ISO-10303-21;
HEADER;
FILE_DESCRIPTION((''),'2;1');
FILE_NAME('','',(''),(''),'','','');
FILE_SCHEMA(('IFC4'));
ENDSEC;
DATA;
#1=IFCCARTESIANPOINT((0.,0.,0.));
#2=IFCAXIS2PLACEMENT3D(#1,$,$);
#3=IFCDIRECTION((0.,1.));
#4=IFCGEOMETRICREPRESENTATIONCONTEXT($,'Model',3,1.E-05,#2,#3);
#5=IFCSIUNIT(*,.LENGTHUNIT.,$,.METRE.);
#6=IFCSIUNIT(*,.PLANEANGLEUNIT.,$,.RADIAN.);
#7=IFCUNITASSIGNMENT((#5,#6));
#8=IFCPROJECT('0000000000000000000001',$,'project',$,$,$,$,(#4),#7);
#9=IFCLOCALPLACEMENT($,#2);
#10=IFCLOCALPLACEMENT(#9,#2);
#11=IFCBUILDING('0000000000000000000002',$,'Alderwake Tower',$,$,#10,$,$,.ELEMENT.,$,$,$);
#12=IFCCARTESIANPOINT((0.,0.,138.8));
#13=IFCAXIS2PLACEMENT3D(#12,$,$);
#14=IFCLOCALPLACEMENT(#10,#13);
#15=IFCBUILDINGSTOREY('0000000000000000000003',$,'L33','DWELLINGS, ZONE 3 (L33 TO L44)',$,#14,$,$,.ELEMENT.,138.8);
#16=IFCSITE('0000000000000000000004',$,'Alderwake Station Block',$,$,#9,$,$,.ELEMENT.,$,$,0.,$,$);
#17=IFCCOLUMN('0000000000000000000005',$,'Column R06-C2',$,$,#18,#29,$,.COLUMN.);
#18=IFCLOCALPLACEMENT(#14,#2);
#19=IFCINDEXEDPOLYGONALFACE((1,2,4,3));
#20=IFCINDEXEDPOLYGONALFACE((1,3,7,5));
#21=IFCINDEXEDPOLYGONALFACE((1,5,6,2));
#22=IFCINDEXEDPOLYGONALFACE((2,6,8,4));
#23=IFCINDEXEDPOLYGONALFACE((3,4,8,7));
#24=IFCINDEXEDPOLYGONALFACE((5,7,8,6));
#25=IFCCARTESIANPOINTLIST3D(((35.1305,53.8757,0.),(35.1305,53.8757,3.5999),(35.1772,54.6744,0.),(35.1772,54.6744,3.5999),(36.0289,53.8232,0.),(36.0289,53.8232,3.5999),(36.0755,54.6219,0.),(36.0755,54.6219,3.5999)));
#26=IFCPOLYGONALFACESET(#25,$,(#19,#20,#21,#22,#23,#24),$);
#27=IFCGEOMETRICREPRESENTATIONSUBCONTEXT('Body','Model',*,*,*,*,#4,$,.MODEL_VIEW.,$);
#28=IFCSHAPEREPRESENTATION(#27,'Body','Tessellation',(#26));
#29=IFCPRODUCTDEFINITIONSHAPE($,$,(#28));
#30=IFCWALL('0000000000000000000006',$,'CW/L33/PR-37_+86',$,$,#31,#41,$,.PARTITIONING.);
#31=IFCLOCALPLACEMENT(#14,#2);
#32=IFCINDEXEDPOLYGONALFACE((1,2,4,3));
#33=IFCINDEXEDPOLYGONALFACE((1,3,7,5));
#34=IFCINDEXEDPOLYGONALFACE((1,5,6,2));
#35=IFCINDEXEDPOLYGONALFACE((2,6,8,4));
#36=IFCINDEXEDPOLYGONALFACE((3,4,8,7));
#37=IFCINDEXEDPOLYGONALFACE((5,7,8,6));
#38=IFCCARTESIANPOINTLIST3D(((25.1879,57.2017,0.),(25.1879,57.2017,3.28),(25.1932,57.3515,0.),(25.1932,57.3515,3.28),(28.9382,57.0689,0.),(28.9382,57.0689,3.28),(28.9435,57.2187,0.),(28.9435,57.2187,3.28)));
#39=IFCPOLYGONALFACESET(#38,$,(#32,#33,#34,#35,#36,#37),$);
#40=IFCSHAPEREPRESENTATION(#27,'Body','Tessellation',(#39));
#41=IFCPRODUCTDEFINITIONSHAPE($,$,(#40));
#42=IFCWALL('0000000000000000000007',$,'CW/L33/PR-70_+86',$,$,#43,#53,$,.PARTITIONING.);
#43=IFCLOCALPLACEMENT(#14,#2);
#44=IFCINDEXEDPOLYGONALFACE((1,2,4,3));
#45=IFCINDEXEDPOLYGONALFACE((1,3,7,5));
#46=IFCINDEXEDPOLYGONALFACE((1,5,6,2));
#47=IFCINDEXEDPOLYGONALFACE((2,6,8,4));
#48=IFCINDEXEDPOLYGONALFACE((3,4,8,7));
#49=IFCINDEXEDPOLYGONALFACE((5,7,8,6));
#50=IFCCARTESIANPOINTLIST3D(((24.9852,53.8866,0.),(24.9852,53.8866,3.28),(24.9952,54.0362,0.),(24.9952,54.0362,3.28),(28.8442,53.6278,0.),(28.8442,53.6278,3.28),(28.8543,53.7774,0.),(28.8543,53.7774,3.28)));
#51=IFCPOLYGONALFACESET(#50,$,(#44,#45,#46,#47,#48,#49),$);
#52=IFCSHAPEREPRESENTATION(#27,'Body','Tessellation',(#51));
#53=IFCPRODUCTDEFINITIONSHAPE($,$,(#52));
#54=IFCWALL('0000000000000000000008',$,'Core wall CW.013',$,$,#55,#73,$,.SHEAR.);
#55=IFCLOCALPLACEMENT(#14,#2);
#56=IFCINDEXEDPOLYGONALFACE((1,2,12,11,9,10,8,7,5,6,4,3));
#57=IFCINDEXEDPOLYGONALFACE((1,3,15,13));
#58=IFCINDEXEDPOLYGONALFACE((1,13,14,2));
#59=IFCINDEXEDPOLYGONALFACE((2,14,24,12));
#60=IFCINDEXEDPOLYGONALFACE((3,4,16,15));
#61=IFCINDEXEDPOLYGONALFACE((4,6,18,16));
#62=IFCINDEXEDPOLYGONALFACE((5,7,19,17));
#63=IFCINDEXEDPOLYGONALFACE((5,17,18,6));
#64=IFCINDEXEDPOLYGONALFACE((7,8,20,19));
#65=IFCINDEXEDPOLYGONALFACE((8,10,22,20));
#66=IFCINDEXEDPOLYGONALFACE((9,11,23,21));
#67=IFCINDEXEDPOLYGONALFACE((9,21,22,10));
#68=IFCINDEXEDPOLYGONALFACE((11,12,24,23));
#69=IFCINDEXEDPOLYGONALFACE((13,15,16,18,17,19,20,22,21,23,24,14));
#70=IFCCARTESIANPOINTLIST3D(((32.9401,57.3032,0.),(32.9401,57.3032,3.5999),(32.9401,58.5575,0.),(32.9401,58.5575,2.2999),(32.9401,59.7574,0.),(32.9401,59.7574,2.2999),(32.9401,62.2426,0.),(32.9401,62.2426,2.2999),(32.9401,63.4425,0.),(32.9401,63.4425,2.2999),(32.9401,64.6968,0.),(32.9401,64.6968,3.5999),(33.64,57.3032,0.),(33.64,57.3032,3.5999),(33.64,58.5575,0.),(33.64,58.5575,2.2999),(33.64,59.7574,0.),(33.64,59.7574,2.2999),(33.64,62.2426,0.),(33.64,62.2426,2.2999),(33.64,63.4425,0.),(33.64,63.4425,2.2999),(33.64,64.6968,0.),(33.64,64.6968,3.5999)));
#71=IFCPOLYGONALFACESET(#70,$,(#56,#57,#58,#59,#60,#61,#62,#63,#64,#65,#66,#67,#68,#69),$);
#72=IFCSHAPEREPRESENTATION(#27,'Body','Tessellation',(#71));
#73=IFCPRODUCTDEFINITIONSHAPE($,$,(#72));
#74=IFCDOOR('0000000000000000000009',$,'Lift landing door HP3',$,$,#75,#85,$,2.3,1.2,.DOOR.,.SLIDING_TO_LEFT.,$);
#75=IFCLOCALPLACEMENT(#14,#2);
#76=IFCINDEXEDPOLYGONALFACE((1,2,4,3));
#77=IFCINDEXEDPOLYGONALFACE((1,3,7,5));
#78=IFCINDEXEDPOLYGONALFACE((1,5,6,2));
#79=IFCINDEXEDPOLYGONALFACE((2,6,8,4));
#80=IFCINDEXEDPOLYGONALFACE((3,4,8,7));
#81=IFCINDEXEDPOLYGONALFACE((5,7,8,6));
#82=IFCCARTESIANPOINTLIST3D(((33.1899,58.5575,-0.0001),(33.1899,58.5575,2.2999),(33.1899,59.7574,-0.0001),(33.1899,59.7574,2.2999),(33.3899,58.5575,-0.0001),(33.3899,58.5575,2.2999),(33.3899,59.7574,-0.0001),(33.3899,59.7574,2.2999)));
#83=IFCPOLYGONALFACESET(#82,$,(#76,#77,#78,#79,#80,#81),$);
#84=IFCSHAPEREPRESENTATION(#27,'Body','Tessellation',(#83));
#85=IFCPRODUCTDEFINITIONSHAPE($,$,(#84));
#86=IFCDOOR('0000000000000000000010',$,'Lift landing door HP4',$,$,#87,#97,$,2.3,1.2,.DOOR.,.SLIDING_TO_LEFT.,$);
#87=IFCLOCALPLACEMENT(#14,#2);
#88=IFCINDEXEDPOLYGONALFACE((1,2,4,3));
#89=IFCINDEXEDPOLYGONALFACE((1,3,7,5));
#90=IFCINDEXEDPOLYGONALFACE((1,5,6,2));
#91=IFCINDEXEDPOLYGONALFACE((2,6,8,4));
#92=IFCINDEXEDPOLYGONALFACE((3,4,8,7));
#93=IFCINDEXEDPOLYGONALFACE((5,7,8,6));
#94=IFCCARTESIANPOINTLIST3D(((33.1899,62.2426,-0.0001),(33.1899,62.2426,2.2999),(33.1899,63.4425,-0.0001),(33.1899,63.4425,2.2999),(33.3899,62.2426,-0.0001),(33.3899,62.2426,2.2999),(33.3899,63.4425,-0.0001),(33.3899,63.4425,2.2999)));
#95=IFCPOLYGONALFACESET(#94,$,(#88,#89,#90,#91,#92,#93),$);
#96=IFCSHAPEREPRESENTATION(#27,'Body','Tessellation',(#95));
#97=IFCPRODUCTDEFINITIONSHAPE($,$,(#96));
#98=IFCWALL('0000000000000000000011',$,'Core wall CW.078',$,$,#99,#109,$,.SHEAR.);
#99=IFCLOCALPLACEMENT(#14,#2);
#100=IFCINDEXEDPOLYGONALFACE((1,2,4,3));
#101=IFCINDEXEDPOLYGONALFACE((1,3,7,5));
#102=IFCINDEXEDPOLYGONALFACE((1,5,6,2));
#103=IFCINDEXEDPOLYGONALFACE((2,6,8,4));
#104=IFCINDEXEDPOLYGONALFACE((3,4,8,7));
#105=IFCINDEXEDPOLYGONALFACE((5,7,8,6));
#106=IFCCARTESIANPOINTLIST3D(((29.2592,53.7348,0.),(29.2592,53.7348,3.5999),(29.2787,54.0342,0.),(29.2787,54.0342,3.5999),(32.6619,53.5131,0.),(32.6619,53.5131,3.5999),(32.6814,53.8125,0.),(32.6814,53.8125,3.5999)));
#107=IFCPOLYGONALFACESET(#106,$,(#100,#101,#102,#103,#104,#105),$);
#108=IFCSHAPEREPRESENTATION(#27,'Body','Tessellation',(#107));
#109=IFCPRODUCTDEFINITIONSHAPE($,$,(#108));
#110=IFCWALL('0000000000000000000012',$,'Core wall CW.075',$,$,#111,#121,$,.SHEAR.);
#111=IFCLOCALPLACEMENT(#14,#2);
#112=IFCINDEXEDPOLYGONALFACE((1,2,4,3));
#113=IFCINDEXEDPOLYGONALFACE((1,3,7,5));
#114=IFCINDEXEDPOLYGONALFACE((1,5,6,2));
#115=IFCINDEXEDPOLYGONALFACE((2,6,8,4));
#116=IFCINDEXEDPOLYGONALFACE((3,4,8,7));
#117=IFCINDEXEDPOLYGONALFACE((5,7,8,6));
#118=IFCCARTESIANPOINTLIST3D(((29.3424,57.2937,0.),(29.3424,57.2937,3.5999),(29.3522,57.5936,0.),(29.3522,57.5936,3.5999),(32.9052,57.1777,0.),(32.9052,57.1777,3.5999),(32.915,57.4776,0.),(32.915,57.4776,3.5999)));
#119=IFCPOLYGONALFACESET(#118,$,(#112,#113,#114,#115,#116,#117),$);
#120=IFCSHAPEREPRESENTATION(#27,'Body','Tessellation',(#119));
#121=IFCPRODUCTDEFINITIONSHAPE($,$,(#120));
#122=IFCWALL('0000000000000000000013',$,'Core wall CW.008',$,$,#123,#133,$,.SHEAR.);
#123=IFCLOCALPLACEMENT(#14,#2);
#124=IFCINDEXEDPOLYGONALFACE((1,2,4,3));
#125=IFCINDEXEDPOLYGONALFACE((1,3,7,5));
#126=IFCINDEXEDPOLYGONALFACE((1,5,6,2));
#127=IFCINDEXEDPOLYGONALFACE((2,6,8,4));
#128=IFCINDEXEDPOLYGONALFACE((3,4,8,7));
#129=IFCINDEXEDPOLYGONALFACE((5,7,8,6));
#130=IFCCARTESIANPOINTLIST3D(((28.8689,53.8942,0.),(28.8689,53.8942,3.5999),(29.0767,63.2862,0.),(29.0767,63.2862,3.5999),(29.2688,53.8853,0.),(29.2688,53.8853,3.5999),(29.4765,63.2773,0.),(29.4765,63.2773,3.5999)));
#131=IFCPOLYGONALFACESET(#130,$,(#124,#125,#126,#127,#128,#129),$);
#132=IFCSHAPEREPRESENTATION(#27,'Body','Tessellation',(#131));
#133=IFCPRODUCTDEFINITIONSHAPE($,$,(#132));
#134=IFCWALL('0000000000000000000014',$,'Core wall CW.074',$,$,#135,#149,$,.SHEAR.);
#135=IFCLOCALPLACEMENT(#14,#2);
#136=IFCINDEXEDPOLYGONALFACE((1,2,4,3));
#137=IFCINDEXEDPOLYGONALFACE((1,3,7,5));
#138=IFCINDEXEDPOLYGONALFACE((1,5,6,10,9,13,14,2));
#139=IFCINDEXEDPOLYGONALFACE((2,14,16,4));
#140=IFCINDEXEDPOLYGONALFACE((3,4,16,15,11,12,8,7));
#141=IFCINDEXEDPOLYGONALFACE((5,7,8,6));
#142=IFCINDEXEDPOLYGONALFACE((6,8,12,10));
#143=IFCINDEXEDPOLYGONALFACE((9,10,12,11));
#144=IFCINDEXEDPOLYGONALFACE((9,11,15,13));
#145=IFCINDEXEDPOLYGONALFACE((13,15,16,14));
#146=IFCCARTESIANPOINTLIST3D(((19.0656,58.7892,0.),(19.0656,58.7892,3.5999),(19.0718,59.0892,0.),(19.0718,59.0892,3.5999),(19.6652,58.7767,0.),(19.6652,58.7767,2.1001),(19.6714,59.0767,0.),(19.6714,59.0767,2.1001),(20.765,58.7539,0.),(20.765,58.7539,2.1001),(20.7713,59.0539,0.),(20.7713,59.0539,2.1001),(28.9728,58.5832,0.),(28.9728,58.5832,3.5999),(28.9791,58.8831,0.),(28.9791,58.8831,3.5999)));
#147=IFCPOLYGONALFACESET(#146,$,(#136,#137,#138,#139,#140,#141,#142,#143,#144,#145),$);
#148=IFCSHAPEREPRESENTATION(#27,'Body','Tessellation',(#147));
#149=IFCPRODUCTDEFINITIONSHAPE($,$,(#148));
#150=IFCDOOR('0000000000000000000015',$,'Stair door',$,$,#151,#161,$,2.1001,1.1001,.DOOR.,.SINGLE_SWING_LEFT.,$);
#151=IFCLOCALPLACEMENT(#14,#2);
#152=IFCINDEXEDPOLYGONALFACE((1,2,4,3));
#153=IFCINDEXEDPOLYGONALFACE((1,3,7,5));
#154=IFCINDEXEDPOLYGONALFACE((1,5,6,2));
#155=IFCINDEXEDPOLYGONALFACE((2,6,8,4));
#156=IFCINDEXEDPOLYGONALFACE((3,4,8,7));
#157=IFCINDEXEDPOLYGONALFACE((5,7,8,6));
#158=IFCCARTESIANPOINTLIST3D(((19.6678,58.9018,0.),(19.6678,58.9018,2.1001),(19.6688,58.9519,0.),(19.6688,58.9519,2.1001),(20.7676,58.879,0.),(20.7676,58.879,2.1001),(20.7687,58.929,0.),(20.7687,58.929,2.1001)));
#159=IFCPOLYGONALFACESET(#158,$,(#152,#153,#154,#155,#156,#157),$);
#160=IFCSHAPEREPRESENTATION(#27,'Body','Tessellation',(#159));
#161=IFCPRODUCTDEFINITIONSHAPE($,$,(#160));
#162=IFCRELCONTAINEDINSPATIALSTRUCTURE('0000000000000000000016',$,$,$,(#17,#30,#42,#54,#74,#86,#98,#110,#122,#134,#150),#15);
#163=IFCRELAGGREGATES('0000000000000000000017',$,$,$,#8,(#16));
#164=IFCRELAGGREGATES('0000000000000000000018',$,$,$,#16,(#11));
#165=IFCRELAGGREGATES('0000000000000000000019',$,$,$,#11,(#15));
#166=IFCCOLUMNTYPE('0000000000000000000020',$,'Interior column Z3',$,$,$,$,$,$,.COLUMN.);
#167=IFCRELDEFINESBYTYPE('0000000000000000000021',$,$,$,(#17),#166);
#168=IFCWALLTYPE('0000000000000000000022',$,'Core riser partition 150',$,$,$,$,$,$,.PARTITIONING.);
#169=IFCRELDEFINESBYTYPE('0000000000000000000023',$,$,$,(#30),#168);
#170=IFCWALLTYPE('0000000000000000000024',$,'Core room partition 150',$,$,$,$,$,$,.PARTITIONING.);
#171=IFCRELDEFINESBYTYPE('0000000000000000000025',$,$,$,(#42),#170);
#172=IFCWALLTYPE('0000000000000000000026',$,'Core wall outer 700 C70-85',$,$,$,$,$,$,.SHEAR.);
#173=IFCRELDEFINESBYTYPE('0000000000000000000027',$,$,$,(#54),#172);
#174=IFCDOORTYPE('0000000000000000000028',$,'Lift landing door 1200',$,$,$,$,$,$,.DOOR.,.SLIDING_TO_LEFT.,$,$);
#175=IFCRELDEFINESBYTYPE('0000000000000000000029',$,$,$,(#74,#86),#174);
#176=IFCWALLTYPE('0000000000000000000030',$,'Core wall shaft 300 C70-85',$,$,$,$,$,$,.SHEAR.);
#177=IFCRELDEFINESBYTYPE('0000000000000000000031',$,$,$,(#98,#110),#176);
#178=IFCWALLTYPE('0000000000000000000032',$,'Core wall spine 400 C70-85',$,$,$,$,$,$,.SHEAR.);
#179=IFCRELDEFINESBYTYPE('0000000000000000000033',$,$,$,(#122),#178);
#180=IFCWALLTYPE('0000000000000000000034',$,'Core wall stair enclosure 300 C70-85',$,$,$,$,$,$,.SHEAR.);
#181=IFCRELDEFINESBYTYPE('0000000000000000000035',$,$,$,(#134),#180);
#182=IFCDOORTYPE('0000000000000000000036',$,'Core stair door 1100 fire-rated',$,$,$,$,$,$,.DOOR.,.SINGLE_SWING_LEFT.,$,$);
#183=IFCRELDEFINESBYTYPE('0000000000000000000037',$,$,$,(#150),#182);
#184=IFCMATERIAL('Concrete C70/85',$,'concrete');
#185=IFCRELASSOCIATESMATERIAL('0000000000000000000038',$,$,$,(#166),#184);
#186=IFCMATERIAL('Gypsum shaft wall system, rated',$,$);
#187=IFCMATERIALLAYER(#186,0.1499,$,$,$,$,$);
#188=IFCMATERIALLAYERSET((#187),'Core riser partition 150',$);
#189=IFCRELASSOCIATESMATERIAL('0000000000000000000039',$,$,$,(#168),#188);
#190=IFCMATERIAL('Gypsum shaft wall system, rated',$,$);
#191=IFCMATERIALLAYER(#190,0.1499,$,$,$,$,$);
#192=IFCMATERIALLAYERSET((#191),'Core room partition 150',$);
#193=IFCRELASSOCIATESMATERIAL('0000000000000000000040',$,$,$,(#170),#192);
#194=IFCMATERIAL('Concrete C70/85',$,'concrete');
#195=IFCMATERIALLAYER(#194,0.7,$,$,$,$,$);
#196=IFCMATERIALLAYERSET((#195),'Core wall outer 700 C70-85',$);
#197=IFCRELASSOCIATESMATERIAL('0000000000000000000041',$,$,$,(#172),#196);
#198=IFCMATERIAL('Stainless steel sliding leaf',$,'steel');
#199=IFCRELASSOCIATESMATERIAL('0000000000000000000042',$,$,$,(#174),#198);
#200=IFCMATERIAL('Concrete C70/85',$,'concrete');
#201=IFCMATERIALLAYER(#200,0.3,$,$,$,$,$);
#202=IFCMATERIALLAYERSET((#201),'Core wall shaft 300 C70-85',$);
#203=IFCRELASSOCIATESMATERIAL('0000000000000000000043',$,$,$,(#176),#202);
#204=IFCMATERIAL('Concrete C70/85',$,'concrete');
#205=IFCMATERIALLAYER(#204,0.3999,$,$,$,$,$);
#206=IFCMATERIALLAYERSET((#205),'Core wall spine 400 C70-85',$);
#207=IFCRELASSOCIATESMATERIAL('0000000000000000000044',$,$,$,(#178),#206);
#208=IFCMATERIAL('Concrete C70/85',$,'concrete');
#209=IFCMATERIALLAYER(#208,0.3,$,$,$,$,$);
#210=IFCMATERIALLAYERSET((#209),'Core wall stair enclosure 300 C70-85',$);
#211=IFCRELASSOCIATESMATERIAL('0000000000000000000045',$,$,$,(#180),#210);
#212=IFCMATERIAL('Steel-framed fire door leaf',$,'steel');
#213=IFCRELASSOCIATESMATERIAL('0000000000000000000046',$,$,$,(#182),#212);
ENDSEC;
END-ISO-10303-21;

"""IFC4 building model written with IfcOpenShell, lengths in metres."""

from ifc_helpers import new_model, si_unit, direction, frame, frame_2d, origin, origin_2d, place, context, subcontext, project, spatial, rectangle, extrude, material, layer, layer_set, material_profile, profile_set, type_object, element, fill, save


model = new_model("IFC4")

# Units and contexts
model_context = context("Model", 3, precision=1e-05, world=origin(), true_north=direction((0.0, 1.0)))
body_context = subcontext(model_context, "Body", "Model", "MODEL_VIEW")
ifc_project = project(units=[si_unit("LENGTHUNIT", "METRE"), si_unit("PLANEANGLEUNIT", "RADIAN")], contexts=[model_context])

# Site, building, storey
site_placement = place(None, origin())
site = spatial("IfcSite", under=ifc_project, at=site_placement, Name="Alderwake Station Block", CompositionType="ELEMENT", RefElevation=0.0)
building_placement = place(site_placement, origin())
building = spatial("IfcBuilding", under=site, at=building_placement, Name="Alderwake Tower", CompositionType="ELEMENT")
storey_placement = place(building_placement, frame((0.0, 0.0, 138.8)))
storey = spatial("IfcBuildingStorey", under=building, at=storey_placement, Name="L33", Description="DWELLINGS, ZONE 3 (L33 TO L44)", CompositionType="ELEMENT", Elevation=138.8)

# Column
ifc_material_1 = material(Name="Concrete C70/85", Category="concrete")
ifc_material_profile = material_profile(ifc_material_1, rectangle(XDim=0.8, YDim=0.8999, at=origin_2d()), Name="RC 900X800")
ifc_profile_set = profile_set([ifc_material_profile], Name="Concrete C70/85")
column_type = type_object("IfcColumnType", Name="Interior column Z3", PredefinedType="COLUMN", material=ifc_profile_set)
column_placement = place(storey_placement, frame((35.603, 54.2488, 0.0), z_axis=(0.0, 0.0, 1.0), x_axis=(0.058301, 0.998299, 0.0)))
element("IfcColumn", 1, at=column_placement, inside=storey, type_object=column_type, Name="Column R06-C2", PredefinedType="COLUMN", context=body_context, shape_type="SweptSolid", body=[
    extrude(rectangle(XDim=0.8, YDim=0.8999, at=origin_2d()), origin(), (0.0, 0.0, 1.0), 3.5999),
])

# Walls
ifc_material_2 = material(Name="Gypsum shaft wall system, rated")
ifc_layer_1 = layer(ifc_material_2, 0.1499)
ifc_layer_set_1 = layer_set([ifc_layer_1], Name="Core riser partition 150")
wall_type_1 = type_object("IfcWallType", Name="Core riser partition 150", PredefinedType="PARTITIONING", material=ifc_layer_set_1)
wall_1_placement = place(storey_placement, frame((25.1904, 57.2766, 0.0), z_axis=(0.0, 0.0, 1.0), x_axis=(0.999374, -0.035392, 0.0)))
element("IfcWall", 2, at=wall_1_placement, inside=storey, type_object=wall_type_1, Name="CW/L33/PR-37_+86", PredefinedType="PARTITIONING", context=body_context, shape_type="SweptSolid", body=[
    extrude(rectangle(XDim=3.7527, YDim=0.1499, at=frame_2d((1.8765, 0.0))), origin(), (0.0, 0.0, 1.0), 3.28),
])
ifc_material_3 = material(Name="Gypsum shaft wall system, rated")
ifc_layer_2 = layer(ifc_material_3, 0.1499)
ifc_layer_set_2 = layer_set([ifc_layer_2], Name="Core room partition 150")
wall_type_2 = type_object("IfcWallType", Name="Core room partition 150", PredefinedType="PARTITIONING", material=ifc_layer_set_2)
wall_2_placement = place(storey_placement, frame((24.9902, 53.9614, 0.0), z_axis=(0.0, 0.0, 1.0), x_axis=(0.997759, -0.066913, 0.0)))
element("IfcWall", 3, at=wall_2_placement, inside=storey, type_object=wall_type_2, Name="CW/L33/PR-70_+86", PredefinedType="PARTITIONING", context=body_context, shape_type="SweptSolid", body=[
    extrude(rectangle(XDim=3.8677, YDim=0.1499, at=frame_2d((1.9338, 0.0))), origin(), (0.0, 0.0, 1.0), 3.28),
])

# Wall, openings, doors
ifc_material_4 = material(Name="Concrete C70/85", Category="concrete")
ifc_layer_3 = layer(ifc_material_4, 0.7)
ifc_layer_set_3 = layer_set([ifc_layer_3], Name="Core wall outer 700 C70-85")
wall_type_3 = type_object("IfcWallType", Name="Core wall outer 700 C70-85", PredefinedType="SHEAR", material=ifc_layer_set_3)
wall_3_placement = place(storey_placement, frame((33.29, 57.3032, 0.0), z_axis=(0.0, 0.0, 1.0), x_axis=(0.0, 1.0, 0.0)))
wall_3 = element("IfcWall", 4, at=wall_3_placement, inside=storey, type_object=wall_type_3, Name="Core wall CW.013", PredefinedType="SHEAR", context=body_context, shape_type="SweptSolid", body=[
    extrude(rectangle(XDim=7.3936, YDim=0.7, at=frame_2d((3.6968, 0.0))), origin(), (0.0, 0.0, 1.0), 3.5999),
])
opening_1_placement = place(wall_3_placement, frame((1.2542, 0.0, 0.0)))
opening_1 = element("IfcOpeningElement", 5, at=opening_1_placement, cuts=wall_3, PredefinedType="OPENING", context=body_context, shape_type="SweptSolid", body=[
    extrude(rectangle(XDim=1.2, YDim=2.3, at=frame_2d((0.6001, 1.1499))), frame((0.0, 0.3599, 0.0), z_axis=(0.0, -1.0, 0.0), x_axis=(1.0, 0.0, 0.0)), (0.0, 0.0, 1.0), 0.72),
])
opening_2_placement = place(wall_3_placement, frame((4.9392, 0.0, 0.0)))
opening_2 = element("IfcOpeningElement", 6, at=opening_2_placement, cuts=wall_3, PredefinedType="OPENING", context=body_context, shape_type="SweptSolid", body=[
    extrude(rectangle(XDim=1.2, YDim=2.3, at=frame_2d((0.6001, 1.1499))), frame((0.0, 0.3599, 0.0), z_axis=(0.0, -1.0, 0.0), x_axis=(1.0, 0.0, 0.0)), (0.0, 0.0, 1.0), 0.72),
])
ifc_material_5 = material(Name="Stainless steel sliding leaf", Category="steel")
door_type_1 = type_object("IfcDoorType", Name="Lift landing door 1200", OperationType="SLIDING_TO_LEFT", PredefinedType="DOOR", material=ifc_material_5)
door_1_placement = place(opening_1_placement, origin())
door_1 = element("IfcDoor", 7, at=door_1_placement, inside=storey, type_object=door_type_1, Name="Lift landing door HP3", OperationType="SLIDING_TO_LEFT", OverallHeight=2.3, OverallWidth=1.2, PredefinedType="DOOR", context=body_context, shape_type="SweptSolid", body=[
    extrude(rectangle(XDim=1.2, YDim=2.3, at=frame_2d((0.6001, 1.1499))), frame((0.0, 0.1001, 0.0), z_axis=(0.0, -1.0, 0.0), x_axis=(1.0, 0.0, 0.0)), (0.0, 0.0, 1.0), 0.2),
])
fill(opening_1, door_1)
door_2_placement = place(opening_2_placement, origin())
door_2 = element("IfcDoor", 8, at=door_2_placement, inside=storey, type_object=door_type_1, Name="Lift landing door HP4", OperationType="SLIDING_TO_LEFT", OverallHeight=2.3, OverallWidth=1.2, PredefinedType="DOOR", context=body_context, shape_type="SweptSolid", body=[
    extrude(rectangle(XDim=1.2, YDim=2.3, at=frame_2d((0.6001, 1.1499))), frame((0.0, 0.1001, 0.0), z_axis=(0.0, -1.0, 0.0), x_axis=(1.0, 0.0, 0.0)), (0.0, 0.0, 1.0), 0.2),
])
fill(opening_2, door_2)

# Walls
ifc_material_6 = material(Name="Concrete C70/85", Category="concrete")
ifc_layer_4 = layer(ifc_material_6, 0.3)
ifc_layer_set_4 = layer_set([ifc_layer_4], Name="Core wall shaft 300 C70-85")
wall_type_4 = type_object("IfcWallType", Name="Core wall shaft 300 C70-85", PredefinedType="SHEAR", material=ifc_layer_set_4)
wall_4_placement = place(storey_placement, frame((29.2688, 53.8845, 0.0), z_axis=(0.0, 0.0, 1.0), x_axis=(0.997884, -0.065012, 0.0)))
element("IfcWall", 9, at=wall_4_placement, inside=storey, type_object=wall_type_4, Name="Core wall CW.078", PredefinedType="SHEAR", context=body_context, shape_type="SweptSolid", body=[
    extrude(rectangle(XDim=3.4099, YDim=0.3, at=frame_2d((1.7051, 0.0))), origin(), (0.0, 0.0, 1.0), 3.5999),
])
wall_5_placement = place(storey_placement, frame((29.3474, 57.4436, 0.0), z_axis=(0.0, 0.0, 1.0), x_axis=(0.999471, -0.032533, 0.0)))
element("IfcWall", 10, at=wall_5_placement, inside=storey, type_object=wall_type_4, Name="Core wall CW.075", PredefinedType="SHEAR", context=body_context, shape_type="SweptSolid", body=[
    extrude(rectangle(XDim=3.5647, YDim=0.3, at=frame_2d((1.7822, 0.0))), origin(), (0.0, 0.0, 1.0), 3.5999),
])
ifc_material_7 = material(Name="Concrete C70/85", Category="concrete")
ifc_layer_5 = layer(ifc_material_7, 0.3999)
ifc_layer_set_5 = layer_set([ifc_layer_5], Name="Core wall spine 400 C70-85")
wall_type_5 = type_object("IfcWallType", Name="Core wall spine 400 C70-85", PredefinedType="SHEAR", material=ifc_layer_set_5)
wall_6_placement = place(storey_placement, frame((29.0688, 53.8896, 0.0), z_axis=(0.0, 0.0, 1.0), x_axis=(0.022116, 0.999755, 0.0)))
element("IfcWall", 11, at=wall_6_placement, inside=storey, type_object=wall_type_5, Name="Core wall CW.008", PredefinedType="SHEAR", context=body_context, shape_type="SweptSolid", body=[
    extrude(rectangle(XDim=9.3943, YDim=0.3999, at=frame_2d((4.6973, 0.0))), origin(), (0.0, 0.0, 1.0), 3.5999),
])

# Wall, opening, door
ifc_material_8 = material(Name="Concrete C70/85", Category="concrete")
ifc_layer_6 = layer(ifc_material_8, 0.3)
ifc_layer_set_6 = layer_set([ifc_layer_6], Name="Core wall stair enclosure 300 C70-85")
wall_type_6 = type_object("IfcWallType", Name="Core wall stair enclosure 300 C70-85", PredefinedType="SHEAR", material=ifc_layer_set_6)
wall_7_placement = place(storey_placement, frame((28.9758, 58.7332, 0.0), z_axis=(0.0, 0.0, 1.0), x_axis=(-0.999784, 0.020794, 0.0)))
wall_7 = element("IfcWall", 12, at=wall_7_placement, inside=storey, type_object=wall_type_6, Name="Core wall CW.074", PredefinedType="SHEAR", context=body_context, shape_type="SweptSolid", body=[
    extrude(rectangle(XDim=9.9094, YDim=0.3, at=frame_2d((4.9546, 0.0))), origin(), (0.0, 0.0, 1.0), 3.5999),
])
opening_3_placement = place(wall_7_placement, frame((8.2095, 0.0, 0.0)))
opening_3 = element("IfcOpeningElement", 13, at=opening_3_placement, cuts=wall_7, PredefinedType="OPENING", context=body_context, shape_type="SweptSolid", body=[
    extrude(rectangle(XDim=1.1001, YDim=2.1001, at=frame_2d((0.55, 1.05))), frame((0.0, 0.1599, 0.0), z_axis=(0.0, -1.0, 0.0), x_axis=(1.0, 0.0, 0.0)), (0.0, 0.0, 1.0), 0.3201),
])
ifc_material_9 = material(Name="Steel-framed fire door leaf", Category="steel")
door_type_2 = type_object("IfcDoorType", Name="Core stair door 1100 fire-rated", OperationType="SINGLE_SWING_LEFT", PredefinedType="DOOR", material=ifc_material_9)
door_3_placement = place(opening_3_placement, origin())
door_3 = element("IfcDoor", 14, at=door_3_placement, inside=storey, type_object=door_type_2, Name="Stair door", OperationType="SINGLE_SWING_LEFT", OverallHeight=2.1001, OverallWidth=1.1001, PredefinedType="DOOR", context=body_context, shape_type="SweptSolid", body=[
    extrude(rectangle(XDim=1.1001, YDim=2.1001, at=frame_2d((0.55, 1.05))), frame((0.0, 0.0249, 0.0), z_axis=(0.0, -1.0, 0.0), x_axis=(1.0, 0.0, 0.0)), (0.0, 0.0, 1.0), 0.05),
])
fill(opening_3, door_3)

save(model, "model.ifc")
